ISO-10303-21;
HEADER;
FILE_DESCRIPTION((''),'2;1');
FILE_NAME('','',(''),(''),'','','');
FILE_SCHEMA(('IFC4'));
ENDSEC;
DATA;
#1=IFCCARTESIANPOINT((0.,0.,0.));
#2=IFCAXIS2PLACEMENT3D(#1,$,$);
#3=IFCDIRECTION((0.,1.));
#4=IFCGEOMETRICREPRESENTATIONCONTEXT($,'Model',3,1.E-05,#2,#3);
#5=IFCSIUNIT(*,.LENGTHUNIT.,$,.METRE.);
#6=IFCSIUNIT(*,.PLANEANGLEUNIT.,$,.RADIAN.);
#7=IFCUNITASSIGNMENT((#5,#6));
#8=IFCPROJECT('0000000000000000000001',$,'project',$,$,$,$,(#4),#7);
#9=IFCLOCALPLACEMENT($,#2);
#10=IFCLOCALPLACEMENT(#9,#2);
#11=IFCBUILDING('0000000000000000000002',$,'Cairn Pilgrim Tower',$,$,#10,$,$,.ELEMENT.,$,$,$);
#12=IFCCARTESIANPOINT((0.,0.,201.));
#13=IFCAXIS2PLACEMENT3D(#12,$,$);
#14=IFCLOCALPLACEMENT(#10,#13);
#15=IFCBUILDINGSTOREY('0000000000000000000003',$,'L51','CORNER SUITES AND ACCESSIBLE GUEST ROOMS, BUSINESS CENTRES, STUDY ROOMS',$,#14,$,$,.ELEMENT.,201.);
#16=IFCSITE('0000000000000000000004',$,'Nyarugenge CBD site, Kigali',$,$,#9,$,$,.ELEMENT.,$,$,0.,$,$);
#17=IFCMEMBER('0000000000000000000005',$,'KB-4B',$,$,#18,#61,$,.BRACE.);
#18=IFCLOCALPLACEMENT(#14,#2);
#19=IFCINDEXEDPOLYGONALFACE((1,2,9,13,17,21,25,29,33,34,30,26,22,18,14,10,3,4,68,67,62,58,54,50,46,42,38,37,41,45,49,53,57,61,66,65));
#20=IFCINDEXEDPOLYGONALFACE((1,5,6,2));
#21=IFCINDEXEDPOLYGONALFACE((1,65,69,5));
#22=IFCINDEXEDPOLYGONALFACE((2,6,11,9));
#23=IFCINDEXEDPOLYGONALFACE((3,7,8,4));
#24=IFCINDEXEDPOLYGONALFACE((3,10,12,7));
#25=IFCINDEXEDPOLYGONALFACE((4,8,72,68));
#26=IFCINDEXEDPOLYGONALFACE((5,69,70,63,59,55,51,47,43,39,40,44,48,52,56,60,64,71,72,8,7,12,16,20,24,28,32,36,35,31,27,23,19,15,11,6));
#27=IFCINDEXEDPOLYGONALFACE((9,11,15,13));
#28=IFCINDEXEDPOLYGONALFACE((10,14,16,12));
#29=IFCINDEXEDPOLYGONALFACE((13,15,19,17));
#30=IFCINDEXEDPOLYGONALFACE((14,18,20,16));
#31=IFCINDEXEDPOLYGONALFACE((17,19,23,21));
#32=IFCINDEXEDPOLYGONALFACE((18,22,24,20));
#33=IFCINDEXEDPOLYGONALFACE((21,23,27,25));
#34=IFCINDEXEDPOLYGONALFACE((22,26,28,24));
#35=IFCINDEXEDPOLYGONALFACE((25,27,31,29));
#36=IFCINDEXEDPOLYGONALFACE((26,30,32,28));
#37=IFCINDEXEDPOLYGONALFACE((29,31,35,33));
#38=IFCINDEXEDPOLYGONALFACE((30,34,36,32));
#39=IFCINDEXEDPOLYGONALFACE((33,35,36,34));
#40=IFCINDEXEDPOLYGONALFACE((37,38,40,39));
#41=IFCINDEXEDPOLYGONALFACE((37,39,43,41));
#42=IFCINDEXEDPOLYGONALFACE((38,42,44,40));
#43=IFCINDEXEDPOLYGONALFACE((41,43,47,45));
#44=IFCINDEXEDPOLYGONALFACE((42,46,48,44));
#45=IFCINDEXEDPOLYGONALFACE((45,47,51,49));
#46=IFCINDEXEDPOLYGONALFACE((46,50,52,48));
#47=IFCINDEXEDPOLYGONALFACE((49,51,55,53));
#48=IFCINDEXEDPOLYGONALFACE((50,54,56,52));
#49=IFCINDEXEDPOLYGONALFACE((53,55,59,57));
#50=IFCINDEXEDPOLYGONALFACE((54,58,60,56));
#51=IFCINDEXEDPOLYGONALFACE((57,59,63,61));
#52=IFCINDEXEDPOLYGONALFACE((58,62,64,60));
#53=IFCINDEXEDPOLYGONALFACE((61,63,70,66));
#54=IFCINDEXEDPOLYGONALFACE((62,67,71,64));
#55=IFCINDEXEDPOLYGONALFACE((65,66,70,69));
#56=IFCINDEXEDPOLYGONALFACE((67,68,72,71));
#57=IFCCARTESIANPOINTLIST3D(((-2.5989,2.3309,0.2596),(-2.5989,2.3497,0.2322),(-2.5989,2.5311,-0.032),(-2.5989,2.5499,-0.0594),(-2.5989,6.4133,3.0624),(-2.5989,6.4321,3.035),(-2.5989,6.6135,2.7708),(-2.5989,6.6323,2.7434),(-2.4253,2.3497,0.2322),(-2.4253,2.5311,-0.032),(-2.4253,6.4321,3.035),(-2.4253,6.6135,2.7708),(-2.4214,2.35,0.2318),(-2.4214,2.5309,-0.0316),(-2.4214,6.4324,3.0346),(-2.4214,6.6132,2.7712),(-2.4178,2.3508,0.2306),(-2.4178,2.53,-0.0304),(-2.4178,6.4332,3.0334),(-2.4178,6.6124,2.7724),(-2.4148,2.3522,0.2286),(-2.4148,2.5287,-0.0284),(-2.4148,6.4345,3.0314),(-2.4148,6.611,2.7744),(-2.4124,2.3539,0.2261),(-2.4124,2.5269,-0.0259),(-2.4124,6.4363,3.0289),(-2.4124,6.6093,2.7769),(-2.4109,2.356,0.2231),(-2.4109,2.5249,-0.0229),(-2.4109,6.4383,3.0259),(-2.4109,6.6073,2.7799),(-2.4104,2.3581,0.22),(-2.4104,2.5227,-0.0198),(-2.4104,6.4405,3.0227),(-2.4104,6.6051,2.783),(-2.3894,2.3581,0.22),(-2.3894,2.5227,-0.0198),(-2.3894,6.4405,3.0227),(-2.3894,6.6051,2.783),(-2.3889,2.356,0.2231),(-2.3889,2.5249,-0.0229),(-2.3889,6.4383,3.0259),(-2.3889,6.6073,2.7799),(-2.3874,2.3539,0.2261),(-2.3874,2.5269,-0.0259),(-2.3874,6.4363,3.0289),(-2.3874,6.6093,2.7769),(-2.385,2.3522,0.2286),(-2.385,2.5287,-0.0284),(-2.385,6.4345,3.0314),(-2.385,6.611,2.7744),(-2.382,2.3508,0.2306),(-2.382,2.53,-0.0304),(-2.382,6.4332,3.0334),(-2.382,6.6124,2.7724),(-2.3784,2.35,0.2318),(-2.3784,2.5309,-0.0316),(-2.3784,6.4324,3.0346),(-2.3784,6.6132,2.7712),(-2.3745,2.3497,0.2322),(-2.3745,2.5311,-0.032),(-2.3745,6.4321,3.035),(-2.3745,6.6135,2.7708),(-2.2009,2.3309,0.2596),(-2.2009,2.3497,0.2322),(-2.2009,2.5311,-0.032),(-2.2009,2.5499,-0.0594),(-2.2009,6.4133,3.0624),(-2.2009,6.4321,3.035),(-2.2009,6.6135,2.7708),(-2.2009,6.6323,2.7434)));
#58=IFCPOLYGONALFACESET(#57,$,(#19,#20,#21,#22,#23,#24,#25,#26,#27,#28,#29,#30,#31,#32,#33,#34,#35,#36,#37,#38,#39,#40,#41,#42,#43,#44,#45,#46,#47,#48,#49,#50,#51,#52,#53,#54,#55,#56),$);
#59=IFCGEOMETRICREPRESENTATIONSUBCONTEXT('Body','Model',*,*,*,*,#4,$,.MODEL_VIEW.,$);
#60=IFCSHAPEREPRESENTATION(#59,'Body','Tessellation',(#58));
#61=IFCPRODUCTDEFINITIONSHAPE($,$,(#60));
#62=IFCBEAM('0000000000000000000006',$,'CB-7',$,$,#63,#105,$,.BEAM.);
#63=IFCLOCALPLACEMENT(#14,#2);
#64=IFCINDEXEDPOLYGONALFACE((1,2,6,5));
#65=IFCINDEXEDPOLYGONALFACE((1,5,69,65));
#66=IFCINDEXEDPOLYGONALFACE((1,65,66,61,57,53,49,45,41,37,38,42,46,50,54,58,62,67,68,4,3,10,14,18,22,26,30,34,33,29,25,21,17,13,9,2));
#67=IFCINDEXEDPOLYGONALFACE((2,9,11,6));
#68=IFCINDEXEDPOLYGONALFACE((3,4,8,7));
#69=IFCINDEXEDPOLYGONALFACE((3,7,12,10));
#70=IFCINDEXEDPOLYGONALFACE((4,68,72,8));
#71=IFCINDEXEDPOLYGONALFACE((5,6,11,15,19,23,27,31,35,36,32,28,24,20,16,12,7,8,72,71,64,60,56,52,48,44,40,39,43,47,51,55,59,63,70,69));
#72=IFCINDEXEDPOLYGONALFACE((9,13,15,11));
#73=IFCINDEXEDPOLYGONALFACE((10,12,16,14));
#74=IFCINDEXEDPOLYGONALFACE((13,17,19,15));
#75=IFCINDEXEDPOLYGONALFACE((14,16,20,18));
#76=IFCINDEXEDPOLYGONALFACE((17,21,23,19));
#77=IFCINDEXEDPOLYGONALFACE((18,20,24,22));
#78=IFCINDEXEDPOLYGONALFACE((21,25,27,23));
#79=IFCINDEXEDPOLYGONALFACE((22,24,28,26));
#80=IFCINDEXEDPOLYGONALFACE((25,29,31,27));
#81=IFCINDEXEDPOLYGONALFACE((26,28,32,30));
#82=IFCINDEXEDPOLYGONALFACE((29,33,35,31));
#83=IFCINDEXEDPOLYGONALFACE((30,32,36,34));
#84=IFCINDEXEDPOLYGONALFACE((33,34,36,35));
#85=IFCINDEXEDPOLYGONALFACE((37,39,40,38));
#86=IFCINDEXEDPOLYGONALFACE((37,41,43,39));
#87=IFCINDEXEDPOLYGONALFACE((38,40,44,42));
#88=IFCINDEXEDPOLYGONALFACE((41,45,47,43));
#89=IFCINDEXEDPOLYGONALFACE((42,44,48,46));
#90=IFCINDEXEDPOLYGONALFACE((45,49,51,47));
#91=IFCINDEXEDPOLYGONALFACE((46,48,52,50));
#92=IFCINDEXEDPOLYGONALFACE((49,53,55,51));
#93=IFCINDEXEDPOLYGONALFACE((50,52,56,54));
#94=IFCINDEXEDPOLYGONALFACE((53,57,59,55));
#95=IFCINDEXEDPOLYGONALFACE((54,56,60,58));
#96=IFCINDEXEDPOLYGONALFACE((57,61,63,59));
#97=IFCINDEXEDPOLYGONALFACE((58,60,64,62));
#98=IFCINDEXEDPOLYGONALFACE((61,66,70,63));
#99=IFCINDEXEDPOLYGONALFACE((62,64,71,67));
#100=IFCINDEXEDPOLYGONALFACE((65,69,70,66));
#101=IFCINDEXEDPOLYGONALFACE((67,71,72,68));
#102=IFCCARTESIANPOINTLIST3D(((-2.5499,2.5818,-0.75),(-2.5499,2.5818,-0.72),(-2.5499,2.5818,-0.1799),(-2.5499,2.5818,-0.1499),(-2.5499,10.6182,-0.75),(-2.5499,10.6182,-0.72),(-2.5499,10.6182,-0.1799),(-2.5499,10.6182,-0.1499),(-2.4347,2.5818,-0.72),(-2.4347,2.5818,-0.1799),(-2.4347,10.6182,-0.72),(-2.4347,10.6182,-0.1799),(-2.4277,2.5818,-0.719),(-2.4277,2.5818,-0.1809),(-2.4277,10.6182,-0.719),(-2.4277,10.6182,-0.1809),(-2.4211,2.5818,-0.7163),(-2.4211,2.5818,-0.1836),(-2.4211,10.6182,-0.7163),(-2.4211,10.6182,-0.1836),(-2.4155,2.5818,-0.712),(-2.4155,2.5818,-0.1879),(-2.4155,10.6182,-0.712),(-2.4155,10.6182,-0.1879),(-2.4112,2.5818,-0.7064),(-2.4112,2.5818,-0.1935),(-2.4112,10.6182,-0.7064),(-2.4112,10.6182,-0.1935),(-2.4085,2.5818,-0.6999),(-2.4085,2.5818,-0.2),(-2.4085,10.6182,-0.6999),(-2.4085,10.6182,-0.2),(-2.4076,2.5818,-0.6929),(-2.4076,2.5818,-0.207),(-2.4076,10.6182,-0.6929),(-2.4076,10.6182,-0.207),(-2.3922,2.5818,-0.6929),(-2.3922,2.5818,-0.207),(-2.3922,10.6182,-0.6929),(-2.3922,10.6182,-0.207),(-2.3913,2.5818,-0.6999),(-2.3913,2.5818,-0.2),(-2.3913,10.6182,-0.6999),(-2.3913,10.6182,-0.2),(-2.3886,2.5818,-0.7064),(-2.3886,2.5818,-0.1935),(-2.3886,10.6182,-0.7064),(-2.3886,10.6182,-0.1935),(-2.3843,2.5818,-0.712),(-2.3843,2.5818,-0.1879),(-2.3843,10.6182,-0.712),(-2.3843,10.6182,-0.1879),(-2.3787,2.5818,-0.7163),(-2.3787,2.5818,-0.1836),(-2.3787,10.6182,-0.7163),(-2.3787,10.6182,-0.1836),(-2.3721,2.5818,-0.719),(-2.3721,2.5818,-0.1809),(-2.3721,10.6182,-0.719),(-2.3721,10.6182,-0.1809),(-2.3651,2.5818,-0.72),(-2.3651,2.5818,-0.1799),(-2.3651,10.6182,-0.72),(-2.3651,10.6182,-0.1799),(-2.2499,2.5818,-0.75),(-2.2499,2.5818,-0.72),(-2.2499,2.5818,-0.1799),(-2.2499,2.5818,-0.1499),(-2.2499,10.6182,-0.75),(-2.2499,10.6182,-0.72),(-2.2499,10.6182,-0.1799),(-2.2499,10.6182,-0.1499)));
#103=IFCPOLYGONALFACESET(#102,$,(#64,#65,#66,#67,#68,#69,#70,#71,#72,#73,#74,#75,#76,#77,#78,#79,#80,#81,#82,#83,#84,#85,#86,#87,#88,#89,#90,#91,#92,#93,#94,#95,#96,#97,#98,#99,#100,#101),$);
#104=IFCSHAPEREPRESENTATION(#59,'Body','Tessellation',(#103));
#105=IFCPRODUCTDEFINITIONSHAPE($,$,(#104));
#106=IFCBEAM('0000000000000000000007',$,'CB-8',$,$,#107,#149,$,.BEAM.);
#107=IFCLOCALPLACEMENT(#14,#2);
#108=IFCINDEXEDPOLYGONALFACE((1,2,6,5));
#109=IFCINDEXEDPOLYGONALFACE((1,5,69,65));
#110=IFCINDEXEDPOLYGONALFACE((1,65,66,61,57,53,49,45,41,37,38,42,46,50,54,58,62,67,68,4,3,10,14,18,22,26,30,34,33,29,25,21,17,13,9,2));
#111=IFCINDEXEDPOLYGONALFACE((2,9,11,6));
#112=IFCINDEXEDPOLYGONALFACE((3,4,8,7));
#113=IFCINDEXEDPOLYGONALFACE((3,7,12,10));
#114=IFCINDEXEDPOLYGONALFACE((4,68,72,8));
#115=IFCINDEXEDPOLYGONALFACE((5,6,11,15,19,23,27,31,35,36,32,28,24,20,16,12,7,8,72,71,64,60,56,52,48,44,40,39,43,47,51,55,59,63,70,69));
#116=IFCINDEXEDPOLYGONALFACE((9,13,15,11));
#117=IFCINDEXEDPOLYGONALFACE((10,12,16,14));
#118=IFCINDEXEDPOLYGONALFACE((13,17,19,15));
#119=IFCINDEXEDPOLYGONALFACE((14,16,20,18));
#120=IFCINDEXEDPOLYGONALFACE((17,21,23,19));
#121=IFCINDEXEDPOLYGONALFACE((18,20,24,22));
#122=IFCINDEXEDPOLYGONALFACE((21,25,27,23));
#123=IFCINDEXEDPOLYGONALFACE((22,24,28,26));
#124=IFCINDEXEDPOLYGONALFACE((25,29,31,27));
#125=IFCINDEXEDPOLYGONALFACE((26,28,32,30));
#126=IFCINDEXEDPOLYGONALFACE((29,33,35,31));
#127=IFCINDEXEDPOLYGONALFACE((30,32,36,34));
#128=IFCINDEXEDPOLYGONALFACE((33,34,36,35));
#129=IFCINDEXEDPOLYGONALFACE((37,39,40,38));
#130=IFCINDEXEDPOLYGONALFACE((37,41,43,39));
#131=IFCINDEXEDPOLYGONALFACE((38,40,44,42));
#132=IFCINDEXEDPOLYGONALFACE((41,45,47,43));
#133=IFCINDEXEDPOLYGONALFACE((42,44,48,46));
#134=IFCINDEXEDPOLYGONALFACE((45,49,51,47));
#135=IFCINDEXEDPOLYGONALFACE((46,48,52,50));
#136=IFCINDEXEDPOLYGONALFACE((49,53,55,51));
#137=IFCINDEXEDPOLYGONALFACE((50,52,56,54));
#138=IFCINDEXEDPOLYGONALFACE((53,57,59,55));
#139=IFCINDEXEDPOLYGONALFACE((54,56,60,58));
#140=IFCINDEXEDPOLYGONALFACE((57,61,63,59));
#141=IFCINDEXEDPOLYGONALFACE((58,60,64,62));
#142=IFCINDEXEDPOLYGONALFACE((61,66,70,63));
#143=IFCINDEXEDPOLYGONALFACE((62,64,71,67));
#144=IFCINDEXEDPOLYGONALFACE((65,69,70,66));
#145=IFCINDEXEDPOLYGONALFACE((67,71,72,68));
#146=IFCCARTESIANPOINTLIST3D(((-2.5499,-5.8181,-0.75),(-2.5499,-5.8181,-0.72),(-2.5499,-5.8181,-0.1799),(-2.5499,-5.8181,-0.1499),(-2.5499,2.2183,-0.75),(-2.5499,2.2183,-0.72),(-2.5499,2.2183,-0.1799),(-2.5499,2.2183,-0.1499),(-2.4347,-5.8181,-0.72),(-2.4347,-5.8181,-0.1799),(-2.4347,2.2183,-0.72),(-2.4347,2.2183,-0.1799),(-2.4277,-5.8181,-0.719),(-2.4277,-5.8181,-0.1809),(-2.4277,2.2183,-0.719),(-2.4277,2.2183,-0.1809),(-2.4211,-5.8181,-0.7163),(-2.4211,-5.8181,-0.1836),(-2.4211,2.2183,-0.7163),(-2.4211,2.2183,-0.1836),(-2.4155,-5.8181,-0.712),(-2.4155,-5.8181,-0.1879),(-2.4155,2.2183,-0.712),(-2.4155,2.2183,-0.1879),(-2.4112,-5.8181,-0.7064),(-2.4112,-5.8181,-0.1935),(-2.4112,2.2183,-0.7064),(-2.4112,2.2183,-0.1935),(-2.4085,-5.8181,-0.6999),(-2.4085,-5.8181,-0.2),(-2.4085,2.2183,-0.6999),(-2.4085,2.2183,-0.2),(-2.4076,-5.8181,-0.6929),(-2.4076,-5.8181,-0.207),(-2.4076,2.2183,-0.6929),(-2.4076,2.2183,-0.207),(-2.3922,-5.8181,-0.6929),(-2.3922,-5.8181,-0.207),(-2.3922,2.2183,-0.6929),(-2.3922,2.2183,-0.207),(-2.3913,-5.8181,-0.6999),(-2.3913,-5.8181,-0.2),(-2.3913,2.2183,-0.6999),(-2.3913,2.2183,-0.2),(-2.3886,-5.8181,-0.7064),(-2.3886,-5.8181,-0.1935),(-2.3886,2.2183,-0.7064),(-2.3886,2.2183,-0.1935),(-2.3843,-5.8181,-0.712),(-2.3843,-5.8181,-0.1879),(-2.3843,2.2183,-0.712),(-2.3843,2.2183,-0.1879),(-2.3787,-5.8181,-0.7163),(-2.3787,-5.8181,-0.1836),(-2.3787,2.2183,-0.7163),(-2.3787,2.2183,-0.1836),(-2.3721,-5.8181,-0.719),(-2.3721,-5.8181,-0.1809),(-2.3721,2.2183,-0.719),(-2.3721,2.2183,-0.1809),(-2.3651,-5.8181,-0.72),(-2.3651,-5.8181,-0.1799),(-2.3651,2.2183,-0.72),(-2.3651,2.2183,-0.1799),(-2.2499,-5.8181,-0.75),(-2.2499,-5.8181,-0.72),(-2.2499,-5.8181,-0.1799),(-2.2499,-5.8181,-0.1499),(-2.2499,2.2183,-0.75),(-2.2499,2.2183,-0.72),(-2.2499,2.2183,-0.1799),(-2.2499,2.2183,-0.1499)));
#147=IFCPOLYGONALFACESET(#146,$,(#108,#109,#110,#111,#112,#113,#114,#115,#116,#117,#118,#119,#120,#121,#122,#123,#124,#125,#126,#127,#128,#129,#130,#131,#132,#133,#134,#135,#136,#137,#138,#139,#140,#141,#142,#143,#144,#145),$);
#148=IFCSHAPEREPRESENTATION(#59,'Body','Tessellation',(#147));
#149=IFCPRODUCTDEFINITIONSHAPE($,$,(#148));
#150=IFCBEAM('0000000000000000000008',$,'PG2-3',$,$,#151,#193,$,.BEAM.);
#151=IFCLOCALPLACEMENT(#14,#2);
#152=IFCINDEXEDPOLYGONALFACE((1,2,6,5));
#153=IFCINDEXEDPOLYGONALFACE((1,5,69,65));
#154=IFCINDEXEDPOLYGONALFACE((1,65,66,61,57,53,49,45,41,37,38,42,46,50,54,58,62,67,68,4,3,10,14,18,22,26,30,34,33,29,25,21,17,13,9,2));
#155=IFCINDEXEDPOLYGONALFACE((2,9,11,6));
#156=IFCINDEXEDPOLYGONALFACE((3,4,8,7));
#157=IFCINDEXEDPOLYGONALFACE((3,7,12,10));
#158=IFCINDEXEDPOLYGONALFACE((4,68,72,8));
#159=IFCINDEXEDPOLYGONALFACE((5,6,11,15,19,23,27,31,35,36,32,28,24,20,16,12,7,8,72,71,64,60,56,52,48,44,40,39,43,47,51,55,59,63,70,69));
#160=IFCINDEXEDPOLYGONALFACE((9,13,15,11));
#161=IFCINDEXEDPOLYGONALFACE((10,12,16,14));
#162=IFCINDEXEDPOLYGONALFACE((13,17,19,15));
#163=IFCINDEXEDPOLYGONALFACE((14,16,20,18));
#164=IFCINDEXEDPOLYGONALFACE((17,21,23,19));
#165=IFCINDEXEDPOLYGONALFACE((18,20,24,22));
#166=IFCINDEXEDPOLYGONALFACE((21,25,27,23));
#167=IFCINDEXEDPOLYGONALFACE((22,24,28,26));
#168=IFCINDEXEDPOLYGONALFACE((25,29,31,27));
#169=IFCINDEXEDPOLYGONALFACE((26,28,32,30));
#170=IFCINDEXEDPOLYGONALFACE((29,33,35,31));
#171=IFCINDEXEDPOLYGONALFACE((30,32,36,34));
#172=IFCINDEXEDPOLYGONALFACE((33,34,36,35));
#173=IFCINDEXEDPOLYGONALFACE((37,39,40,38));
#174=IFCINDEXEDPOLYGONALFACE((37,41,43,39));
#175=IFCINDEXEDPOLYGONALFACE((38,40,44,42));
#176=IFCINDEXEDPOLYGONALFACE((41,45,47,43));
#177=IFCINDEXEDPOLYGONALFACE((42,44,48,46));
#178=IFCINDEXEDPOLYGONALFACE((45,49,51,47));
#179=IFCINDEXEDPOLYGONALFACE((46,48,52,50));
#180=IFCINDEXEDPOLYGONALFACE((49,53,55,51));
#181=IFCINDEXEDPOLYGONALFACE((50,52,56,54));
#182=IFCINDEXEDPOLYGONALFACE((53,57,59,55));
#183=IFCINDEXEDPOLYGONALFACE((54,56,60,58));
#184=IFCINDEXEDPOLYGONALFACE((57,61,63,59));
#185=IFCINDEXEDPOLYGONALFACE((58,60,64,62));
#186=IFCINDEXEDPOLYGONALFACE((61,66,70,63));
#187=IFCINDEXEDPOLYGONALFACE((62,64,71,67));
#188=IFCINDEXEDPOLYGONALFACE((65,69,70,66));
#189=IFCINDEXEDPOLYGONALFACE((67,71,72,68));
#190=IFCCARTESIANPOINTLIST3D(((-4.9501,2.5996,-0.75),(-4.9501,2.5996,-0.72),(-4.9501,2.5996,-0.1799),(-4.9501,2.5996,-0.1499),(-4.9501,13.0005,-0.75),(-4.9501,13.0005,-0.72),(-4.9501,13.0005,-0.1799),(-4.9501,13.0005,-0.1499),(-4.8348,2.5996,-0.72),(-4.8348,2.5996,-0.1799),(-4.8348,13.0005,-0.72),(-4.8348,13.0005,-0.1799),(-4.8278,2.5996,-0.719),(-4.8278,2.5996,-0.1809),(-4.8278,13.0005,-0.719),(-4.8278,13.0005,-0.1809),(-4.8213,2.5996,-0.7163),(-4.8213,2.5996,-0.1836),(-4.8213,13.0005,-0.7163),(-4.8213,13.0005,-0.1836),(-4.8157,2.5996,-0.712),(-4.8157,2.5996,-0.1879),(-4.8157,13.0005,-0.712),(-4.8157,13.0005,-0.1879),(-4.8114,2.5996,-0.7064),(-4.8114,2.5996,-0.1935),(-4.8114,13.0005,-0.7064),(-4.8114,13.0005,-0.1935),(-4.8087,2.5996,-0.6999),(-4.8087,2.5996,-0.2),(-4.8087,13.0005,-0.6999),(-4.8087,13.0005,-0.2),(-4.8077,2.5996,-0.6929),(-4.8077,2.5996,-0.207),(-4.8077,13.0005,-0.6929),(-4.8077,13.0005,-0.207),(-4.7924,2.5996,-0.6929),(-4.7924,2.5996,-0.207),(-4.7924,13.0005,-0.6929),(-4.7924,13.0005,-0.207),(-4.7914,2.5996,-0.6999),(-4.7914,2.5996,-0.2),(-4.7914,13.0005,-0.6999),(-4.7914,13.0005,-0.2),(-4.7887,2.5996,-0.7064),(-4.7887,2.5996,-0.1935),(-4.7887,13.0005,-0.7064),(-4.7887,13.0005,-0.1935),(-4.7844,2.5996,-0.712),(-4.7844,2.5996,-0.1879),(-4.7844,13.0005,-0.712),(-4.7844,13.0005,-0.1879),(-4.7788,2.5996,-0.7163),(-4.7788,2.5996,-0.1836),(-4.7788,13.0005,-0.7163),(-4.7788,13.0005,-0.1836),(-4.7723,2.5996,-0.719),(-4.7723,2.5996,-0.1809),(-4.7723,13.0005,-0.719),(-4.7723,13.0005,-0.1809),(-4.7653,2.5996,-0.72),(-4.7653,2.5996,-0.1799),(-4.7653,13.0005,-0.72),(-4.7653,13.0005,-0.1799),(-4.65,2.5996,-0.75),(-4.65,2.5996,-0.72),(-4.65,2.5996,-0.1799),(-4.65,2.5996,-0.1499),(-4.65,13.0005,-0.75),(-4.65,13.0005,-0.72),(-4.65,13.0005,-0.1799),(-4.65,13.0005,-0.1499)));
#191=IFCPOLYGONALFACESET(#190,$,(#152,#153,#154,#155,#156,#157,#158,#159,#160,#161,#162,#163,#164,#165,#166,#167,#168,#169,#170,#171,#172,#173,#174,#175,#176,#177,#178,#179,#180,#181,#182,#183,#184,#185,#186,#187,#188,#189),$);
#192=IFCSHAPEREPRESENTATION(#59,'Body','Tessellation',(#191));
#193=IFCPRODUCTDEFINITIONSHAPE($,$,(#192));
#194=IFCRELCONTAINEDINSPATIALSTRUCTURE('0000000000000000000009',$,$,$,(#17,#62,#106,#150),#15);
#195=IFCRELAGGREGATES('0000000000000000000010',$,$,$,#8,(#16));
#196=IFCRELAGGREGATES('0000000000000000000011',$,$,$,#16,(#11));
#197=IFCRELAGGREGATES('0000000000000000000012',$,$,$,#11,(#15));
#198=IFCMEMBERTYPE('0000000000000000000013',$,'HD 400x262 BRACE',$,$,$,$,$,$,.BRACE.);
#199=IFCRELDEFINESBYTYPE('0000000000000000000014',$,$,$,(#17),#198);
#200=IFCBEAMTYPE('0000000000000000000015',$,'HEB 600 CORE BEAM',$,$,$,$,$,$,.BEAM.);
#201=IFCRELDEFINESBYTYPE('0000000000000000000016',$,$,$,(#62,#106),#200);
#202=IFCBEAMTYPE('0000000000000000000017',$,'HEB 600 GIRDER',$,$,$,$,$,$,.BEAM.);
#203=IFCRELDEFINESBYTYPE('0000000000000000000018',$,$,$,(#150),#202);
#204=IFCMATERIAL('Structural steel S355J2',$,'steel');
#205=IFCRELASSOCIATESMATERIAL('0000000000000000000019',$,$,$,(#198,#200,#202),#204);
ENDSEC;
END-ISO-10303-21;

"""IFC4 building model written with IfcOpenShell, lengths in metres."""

from ifc_helpers import new_model, si_unit, direction, frame, origin, origin_2d, place, context, subcontext, project, spatial, i_section, extrude, material, material_profile, profile_set, type_object, element, save


model = new_model("IFC4")

# Units and contexts
model_context = context("Model", 3, precision=1e-05, world=origin(), true_north=direction((0.0, 1.0)))
body_context = subcontext(model_context, "Body", "Model", "MODEL_VIEW")
ifc_project = project(units=[si_unit("LENGTHUNIT", "METRE"), si_unit("PLANEANGLEUNIT", "RADIAN")], contexts=[model_context])

# Site, building, storey
site_placement = place(None, origin())
site = spatial("IfcSite", under=ifc_project, at=site_placement, Name="Nyarugenge CBD site, Kigali", CompositionType="ELEMENT", RefElevation=0.0)
building_placement = place(site_placement, origin())
building = spatial("IfcBuilding", under=site, at=building_placement, Name="Cairn Pilgrim Tower", CompositionType="ELEMENT")
storey_placement = place(building_placement, frame((0.0, 0.0, 201.0)))
storey = spatial("IfcBuildingStorey", under=building, at=storey_placement, Name="L51", Description="CORNER SUITES AND ACCESSIBLE GUEST ROOMS, BUSINESS CENTRES, STUDY ROOMS", CompositionType="ELEMENT", Elevation=201.0)

# Shared definitions
ifc_material_1 = material(Name="Structural steel S355J2", Category="steel")

# Member
ifc_material_profile_1 = material_profile(ifc_material_1, i_section(OverallWidth=0.3979, OverallDepth=0.387, WebThickness=0.021, FlangeThickness=0.0332, FilletRadius=0.0149, at=origin_2d()), Name="HD 400x262")
ifc_profile_set_1 = profile_set([ifc_material_profile_1], Name="Structural steel S355J2")
member_type = type_object("IfcMemberType", Name="HD 400x262 BRACE", PredefinedType="BRACE", material=ifc_profile_set_1)
member_1_placement = place(storey_placement, frame((-2.3999, 2.4404, 0.1001), z_axis=(0.0, 0.824403, 0.566004), x_axis=(-1.0, 0.0, 0.0)))
element("IfcMember", 1, at=member_1_placement, inside=storey, type_object=member_type, Name="KB-4B", PredefinedType="BRACE", context=body_context, shape_type="SweptSolid", body=[
    extrude(i_section(OverallWidth=0.3979, OverallDepth=0.387, WebThickness=0.021, FlangeThickness=0.0332, FilletRadius=0.0149, at=origin_2d()), origin(), (0.0, 0.0, 1.0), 4.9519),
])

# Beams
ifc_material_profile_2 = material_profile(ifc_material_1, i_section(OverallWidth=0.3, OverallDepth=0.6001, WebThickness=0.0154, FlangeThickness=0.03, FilletRadius=0.0271, at=origin_2d()), Name="HEB 600")
ifc_profile_set_2 = profile_set([ifc_material_profile_2], Name="Structural steel S355J2")
beam_type_1 = type_object("IfcBeamType", Name="HEB 600 CORE BEAM", PredefinedType="BEAM", material=ifc_profile_set_2)
for number, where, z_axis, x_axis, name in (
    (2, (-2.3999, 10.6182, -0.45), (0.0, -1.0, 0.0), (1.0, 0.0, 0.0), "CB-7"),
    (3, (-2.3999, 2.2183, -0.45), (0.0, -1.0, 0.0), (1.0, 0.0, 0.0), "CB-8"),
):
    element("IfcBeam", number, at=place(storey_placement, frame(where, z_axis=z_axis, x_axis=x_axis)), inside=storey, type_object=beam_type_1, Name=name, PredefinedType="BEAM", context=body_context, shape_type="SweptSolid", body=[
        extrude(i_section(OverallWidth=0.3, OverallDepth=0.6001, WebThickness=0.0154, FlangeThickness=0.03, FilletRadius=0.0271, at=origin_2d()), origin(), (0.0, 0.0, 1.0), 8.0364),
    ])
ifc_material_profile_3 = material_profile(ifc_material_1, i_section(OverallWidth=0.3, OverallDepth=0.6001, WebThickness=0.0154, FlangeThickness=0.03, FilletRadius=0.0271, at=origin_2d()), Name="HEB 600")
ifc_profile_set_3 = profile_set([ifc_material_profile_3], Name="Structural steel S355J2")
beam_type_2 = type_object("IfcBeamType", Name="HEB 600 GIRDER", PredefinedType="BEAM", material=ifc_profile_set_3)
beam_placement = place(storey_placement, frame((-4.8, 2.5996, -0.45), z_axis=(0.0, 1.0, 0.0), x_axis=(-1.0, 0.0, 0.0)))
element("IfcBeam", 4, at=beam_placement, inside=storey, type_object=beam_type_2, Name="PG2-3", PredefinedType="BEAM", context=body_context, shape_type="SweptSolid", body=[
    extrude(i_section(OverallWidth=0.3, OverallDepth=0.6001, WebThickness=0.0154, FlangeThickness=0.03, FilletRadius=0.0271, at=origin_2d()), origin(), (0.0, 0.0, 1.0), 10.4009),
])

save(model, "model.ifc")
